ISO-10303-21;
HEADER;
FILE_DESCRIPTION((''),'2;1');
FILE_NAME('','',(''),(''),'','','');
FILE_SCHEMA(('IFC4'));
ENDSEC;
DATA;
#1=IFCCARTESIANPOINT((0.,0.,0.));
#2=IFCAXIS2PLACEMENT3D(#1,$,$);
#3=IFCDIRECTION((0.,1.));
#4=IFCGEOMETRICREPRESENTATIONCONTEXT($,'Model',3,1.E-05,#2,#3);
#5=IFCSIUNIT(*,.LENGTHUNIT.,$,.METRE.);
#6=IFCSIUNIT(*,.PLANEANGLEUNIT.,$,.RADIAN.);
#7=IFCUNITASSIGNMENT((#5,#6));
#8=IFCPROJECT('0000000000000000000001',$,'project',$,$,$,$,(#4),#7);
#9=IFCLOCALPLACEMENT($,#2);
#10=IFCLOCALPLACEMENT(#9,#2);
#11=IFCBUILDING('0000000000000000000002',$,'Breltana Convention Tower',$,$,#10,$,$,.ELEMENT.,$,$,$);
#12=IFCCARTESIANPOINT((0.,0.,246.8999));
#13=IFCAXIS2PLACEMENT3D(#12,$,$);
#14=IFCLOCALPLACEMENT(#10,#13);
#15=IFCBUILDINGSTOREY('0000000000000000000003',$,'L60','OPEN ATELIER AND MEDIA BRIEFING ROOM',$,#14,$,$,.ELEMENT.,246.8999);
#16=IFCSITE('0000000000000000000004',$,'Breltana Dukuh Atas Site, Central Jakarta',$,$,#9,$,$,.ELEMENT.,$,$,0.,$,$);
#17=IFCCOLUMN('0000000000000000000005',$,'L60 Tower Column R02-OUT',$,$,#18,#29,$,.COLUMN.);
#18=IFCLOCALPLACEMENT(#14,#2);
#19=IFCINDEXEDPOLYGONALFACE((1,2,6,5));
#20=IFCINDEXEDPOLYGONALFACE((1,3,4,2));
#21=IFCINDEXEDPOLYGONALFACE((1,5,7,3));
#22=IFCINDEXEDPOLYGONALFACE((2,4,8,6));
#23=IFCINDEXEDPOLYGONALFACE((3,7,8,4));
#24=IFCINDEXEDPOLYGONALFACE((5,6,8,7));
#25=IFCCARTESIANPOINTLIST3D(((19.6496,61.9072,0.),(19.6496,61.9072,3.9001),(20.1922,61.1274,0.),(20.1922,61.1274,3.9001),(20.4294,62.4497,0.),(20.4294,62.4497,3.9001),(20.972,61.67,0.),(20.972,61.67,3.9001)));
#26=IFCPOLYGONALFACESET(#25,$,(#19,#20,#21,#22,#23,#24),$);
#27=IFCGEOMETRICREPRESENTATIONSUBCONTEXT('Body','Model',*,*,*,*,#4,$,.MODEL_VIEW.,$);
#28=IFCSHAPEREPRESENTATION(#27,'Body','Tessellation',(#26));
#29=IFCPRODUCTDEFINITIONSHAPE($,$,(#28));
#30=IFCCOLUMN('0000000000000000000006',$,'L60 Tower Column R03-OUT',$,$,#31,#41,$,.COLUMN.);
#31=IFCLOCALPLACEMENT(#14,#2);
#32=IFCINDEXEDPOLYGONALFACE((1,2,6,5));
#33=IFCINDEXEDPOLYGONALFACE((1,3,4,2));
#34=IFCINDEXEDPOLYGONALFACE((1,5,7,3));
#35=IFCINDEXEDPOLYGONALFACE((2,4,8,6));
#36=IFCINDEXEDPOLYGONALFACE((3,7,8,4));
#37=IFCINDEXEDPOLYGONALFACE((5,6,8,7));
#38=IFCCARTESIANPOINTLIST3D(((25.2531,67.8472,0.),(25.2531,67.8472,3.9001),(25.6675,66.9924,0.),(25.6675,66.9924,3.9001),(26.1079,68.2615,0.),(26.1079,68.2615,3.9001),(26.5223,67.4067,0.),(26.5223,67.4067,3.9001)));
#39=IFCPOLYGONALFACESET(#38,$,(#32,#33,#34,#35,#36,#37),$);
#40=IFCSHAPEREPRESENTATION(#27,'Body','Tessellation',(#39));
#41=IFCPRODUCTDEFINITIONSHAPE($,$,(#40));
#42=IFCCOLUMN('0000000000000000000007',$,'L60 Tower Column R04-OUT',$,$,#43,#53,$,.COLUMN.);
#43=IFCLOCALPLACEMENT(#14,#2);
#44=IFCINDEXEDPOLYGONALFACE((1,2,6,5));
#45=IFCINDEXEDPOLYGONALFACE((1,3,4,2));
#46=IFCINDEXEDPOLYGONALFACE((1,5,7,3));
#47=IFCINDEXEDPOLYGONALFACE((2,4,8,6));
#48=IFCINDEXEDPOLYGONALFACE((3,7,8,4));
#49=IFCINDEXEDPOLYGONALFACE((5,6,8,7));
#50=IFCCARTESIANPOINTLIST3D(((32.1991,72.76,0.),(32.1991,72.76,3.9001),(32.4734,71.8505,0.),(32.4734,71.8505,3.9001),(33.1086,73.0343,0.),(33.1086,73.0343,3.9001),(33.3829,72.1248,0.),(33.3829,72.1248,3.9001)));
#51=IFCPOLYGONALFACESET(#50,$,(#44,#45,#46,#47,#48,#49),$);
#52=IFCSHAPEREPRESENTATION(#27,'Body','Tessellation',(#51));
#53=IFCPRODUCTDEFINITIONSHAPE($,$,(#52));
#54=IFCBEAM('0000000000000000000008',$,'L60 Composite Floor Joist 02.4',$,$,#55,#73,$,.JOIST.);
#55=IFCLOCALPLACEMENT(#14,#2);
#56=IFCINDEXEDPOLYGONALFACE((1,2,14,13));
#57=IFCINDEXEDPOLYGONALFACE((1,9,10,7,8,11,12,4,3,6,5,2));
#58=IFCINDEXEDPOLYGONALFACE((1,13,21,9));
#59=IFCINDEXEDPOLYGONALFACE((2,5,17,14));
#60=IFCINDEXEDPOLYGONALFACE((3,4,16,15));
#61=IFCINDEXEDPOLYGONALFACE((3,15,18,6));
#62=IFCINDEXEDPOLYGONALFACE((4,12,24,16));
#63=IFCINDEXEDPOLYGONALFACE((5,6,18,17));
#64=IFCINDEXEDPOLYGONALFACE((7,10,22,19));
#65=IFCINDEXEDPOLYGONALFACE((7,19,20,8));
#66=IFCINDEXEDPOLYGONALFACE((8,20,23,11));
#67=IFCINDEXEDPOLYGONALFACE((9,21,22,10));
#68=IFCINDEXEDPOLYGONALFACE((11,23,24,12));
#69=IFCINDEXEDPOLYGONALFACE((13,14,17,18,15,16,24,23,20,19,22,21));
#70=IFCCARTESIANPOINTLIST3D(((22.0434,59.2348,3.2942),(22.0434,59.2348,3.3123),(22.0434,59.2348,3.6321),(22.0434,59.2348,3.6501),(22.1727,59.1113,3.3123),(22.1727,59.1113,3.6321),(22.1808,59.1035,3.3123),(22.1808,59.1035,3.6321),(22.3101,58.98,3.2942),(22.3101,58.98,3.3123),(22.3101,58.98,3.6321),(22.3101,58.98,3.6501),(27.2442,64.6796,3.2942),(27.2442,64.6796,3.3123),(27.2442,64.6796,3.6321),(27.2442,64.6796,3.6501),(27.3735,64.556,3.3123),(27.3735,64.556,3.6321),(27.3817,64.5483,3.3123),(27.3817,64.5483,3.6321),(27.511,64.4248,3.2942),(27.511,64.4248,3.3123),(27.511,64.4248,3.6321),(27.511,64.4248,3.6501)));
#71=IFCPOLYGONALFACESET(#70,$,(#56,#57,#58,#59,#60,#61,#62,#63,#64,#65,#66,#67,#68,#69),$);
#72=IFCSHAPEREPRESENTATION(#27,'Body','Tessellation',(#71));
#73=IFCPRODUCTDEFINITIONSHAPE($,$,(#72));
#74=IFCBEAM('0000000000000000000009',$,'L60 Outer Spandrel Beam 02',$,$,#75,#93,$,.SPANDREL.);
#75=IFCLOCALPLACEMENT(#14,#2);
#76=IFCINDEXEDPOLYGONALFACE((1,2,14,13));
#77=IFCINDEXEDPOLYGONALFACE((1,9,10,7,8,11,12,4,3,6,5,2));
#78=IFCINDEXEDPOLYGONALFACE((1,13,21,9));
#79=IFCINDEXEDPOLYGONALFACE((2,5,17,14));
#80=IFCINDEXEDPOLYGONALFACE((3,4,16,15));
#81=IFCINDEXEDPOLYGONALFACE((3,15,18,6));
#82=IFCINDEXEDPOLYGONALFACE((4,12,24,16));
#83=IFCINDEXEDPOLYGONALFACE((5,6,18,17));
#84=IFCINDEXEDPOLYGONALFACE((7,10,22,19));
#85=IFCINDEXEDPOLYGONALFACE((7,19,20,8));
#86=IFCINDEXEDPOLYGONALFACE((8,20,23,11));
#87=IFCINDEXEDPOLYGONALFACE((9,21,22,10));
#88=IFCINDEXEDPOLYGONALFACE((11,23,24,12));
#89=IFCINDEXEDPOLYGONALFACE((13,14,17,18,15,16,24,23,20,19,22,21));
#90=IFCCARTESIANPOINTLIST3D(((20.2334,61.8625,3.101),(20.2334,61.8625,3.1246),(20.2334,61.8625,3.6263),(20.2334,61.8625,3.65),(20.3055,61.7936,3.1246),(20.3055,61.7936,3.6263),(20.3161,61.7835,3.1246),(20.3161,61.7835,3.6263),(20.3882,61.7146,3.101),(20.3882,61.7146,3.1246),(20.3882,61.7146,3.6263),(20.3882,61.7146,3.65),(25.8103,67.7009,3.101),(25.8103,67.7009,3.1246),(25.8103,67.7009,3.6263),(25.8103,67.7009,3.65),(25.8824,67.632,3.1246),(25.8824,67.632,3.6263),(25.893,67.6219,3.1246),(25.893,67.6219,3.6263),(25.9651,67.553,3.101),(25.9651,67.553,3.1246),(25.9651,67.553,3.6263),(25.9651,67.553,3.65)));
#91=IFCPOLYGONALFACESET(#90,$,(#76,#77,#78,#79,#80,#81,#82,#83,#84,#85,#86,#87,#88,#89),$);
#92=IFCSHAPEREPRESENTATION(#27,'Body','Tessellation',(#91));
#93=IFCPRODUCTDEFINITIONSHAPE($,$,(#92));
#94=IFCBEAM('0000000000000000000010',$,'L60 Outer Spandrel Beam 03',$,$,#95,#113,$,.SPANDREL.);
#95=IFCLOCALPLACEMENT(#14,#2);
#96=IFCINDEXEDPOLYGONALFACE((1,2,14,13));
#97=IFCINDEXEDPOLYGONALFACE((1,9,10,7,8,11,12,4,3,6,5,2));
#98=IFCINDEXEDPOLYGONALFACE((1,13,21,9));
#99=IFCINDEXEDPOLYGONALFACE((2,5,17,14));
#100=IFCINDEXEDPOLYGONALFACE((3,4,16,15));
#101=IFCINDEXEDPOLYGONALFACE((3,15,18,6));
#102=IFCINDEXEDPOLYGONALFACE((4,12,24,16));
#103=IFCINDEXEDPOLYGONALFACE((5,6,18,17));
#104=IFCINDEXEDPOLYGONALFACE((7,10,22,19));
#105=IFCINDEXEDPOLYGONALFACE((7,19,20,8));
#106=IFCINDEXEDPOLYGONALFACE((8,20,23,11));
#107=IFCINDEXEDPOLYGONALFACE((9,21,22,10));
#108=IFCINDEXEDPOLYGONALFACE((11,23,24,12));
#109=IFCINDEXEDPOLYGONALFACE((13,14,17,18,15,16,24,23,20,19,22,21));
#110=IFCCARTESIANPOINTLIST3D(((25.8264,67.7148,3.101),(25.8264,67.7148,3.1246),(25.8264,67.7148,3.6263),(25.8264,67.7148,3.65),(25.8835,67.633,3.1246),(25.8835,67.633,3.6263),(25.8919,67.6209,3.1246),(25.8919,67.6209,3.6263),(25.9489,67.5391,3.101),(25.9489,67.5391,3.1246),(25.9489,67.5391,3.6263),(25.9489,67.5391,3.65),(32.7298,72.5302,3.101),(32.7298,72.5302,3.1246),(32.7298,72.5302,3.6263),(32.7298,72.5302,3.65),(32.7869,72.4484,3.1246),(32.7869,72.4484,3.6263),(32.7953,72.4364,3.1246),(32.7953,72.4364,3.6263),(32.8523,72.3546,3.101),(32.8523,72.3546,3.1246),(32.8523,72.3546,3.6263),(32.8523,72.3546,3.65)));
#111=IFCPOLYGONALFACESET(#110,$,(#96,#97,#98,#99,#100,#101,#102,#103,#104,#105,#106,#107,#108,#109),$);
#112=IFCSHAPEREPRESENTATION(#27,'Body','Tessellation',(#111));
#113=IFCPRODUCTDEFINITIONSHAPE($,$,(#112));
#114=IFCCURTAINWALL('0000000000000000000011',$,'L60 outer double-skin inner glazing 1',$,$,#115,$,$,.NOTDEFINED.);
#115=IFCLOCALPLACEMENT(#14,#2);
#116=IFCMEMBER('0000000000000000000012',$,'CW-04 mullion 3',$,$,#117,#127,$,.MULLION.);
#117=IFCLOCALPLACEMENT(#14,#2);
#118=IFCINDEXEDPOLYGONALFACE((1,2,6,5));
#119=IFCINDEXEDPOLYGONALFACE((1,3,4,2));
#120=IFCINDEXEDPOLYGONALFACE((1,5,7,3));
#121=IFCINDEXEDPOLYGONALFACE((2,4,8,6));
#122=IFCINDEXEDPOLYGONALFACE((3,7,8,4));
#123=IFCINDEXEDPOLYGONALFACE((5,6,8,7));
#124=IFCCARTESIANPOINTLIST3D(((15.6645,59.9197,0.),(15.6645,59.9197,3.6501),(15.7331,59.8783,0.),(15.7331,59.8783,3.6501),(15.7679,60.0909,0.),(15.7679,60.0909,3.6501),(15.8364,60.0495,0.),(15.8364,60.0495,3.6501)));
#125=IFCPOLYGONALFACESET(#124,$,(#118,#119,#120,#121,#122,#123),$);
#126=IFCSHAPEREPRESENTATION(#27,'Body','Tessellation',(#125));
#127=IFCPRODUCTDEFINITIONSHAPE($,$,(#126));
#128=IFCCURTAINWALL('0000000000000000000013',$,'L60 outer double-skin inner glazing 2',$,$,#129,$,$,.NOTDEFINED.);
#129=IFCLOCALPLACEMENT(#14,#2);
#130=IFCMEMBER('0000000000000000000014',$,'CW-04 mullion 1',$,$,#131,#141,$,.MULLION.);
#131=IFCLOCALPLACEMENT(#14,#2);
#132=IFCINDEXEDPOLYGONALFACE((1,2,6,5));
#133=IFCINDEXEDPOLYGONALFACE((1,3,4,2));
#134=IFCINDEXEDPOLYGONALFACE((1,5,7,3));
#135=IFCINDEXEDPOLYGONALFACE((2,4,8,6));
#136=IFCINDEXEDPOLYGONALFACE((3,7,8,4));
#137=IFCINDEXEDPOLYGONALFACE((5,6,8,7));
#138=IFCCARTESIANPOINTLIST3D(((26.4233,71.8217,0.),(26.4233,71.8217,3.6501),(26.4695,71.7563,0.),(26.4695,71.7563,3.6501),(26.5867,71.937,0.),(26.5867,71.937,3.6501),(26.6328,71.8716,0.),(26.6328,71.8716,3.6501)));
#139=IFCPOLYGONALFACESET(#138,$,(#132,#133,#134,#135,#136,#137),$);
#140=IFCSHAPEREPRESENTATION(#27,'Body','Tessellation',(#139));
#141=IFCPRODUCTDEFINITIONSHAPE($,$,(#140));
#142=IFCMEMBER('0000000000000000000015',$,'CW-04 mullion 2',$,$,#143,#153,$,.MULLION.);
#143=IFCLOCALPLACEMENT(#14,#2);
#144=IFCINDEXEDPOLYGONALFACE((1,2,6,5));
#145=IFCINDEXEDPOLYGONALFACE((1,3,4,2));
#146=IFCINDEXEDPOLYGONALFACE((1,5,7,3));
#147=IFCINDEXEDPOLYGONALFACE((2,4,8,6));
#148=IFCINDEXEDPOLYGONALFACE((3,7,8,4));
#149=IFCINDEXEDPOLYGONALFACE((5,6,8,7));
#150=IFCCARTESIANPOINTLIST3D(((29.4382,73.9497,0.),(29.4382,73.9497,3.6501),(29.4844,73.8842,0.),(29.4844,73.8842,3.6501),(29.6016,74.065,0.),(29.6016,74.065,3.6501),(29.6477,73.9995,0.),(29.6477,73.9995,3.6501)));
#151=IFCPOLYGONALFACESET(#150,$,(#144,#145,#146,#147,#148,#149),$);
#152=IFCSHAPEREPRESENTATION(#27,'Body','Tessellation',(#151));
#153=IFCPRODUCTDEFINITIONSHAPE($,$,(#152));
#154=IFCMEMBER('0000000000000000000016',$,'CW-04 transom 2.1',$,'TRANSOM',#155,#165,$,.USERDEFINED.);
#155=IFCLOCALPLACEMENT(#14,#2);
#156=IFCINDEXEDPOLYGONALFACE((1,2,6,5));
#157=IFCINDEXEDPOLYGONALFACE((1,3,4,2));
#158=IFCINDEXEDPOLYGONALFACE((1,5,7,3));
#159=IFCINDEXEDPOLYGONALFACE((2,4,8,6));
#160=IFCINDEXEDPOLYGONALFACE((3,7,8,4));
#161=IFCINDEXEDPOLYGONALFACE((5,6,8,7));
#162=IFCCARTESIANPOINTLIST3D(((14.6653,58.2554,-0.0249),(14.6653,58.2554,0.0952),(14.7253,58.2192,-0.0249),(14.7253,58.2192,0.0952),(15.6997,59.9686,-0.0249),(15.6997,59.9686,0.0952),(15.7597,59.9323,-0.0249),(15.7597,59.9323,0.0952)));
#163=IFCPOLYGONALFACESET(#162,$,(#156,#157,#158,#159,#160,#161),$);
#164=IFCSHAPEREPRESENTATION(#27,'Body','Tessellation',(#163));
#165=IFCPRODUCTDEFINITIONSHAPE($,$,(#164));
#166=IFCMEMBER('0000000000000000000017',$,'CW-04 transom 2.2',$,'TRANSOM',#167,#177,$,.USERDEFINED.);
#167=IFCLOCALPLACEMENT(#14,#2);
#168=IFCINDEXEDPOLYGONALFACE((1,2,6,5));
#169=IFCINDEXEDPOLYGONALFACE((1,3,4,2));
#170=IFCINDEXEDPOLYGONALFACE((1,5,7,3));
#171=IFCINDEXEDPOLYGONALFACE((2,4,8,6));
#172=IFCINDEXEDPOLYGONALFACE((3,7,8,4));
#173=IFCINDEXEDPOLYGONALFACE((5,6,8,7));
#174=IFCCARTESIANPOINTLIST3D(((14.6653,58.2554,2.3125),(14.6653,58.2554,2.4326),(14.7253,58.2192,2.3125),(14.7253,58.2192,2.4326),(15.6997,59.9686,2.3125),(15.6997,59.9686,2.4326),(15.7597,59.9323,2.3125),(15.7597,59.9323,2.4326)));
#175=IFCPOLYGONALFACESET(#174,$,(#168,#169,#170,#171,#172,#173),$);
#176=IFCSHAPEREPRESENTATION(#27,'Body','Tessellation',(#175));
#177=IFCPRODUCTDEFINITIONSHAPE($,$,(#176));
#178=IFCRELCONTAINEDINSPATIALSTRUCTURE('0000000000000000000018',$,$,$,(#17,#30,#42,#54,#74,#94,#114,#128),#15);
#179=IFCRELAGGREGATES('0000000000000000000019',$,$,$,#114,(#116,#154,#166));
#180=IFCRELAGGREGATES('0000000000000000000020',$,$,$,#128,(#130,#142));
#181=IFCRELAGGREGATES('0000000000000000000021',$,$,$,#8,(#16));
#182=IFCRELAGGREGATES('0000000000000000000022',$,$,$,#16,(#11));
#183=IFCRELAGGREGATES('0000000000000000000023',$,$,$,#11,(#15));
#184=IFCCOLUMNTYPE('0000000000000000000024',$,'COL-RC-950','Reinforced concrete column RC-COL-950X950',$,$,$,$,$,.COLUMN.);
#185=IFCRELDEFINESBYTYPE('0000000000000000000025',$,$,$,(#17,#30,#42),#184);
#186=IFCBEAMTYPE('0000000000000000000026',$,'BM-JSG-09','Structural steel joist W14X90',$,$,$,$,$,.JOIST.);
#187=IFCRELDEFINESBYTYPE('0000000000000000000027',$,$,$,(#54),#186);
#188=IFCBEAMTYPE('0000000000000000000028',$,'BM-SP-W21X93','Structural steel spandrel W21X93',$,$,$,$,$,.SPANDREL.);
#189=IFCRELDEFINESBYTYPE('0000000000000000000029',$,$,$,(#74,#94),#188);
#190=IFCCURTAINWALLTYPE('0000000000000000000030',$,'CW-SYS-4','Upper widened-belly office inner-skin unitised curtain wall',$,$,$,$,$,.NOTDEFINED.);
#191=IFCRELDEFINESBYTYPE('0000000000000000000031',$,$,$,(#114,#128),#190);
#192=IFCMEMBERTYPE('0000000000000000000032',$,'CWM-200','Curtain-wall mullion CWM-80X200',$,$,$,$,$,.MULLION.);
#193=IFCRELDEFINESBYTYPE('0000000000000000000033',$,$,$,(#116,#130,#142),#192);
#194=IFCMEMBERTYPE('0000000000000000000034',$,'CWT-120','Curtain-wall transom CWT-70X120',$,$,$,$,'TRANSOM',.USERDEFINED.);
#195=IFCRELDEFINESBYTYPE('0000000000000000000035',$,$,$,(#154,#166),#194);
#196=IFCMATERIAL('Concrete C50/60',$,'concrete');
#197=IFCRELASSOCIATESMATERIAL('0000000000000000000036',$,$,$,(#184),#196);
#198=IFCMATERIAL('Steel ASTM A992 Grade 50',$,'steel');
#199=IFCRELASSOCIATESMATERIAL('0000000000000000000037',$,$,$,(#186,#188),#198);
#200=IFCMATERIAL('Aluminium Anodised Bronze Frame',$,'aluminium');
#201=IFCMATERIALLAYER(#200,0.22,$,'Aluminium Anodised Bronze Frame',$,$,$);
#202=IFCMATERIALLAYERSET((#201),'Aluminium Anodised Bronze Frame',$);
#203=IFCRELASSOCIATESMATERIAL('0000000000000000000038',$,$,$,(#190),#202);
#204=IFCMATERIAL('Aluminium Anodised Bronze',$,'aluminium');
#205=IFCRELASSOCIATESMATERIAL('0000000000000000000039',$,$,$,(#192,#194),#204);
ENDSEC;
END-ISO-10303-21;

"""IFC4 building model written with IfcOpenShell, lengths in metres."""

from ifc_helpers import new_model, si_unit, direction, frame, origin, origin_2d, place, context, subcontext, project, spatial, rectangle, i_section, extrude, source, transform, mapped, material, layer, layer_set, material_profile, profile_set, type_object, element, aggregate, save


model = new_model("IFC4")

# Units and contexts
model_context = context("Model", 3, precision=1e-05, world=origin(), true_north=direction((0.0, 1.0)))
body_context = subcontext(model_context, "Body", "Model", "MODEL_VIEW")
ifc_project = project(units=[si_unit("LENGTHUNIT", "METRE"), si_unit("PLANEANGLEUNIT", "RADIAN")], contexts=[model_context])

# Site, building, storey
site_placement = place(None, origin())
site = spatial("IfcSite", under=ifc_project, at=site_placement, Name="Breltana Dukuh Atas Site, Central Jakarta", CompositionType="ELEMENT", RefElevation=0.0)
building_placement = place(site_placement, origin())
building = spatial("IfcBuilding", under=site, at=building_placement, Name="Breltana Convention Tower", CompositionType="ELEMENT")
storey_placement = place(building_placement, frame((0.0, 0.0, 246.8999)))
storey = spatial("IfcBuildingStorey", under=building, at=storey_placement, Name="L60", Description="OPEN ATELIER AND MEDIA BRIEFING ROOM", CompositionType="ELEMENT", Elevation=246.8999)

# Columns
ifc_material_1 = material(Name="Concrete C50/60", Category="concrete")
ifc_material_profile_1 = material_profile(ifc_material_1, rectangle(XDim=0.95, YDim=0.95, at=origin_2d()), Name="RC-COL-950X950")
ifc_profile_set_1 = profile_set([ifc_material_profile_1], Name="Concrete C50/60")
column_type = type_object("IfcColumnType", Name="COL-RC-950", Description="Reinforced concrete column RC-COL-950X950", PredefinedType="COLUMN", material=ifc_profile_set_1)
shared_shape_1 = source(origin(), body_context, "Body", "SweptSolid", [
    extrude(rectangle(XDim=0.95, YDim=0.95, at=origin_2d()), origin(), (0.0, 0.0, 1.0), 3.9001),
])
for number, where, z_axis, x_axis, name in (
    (1, (20.3108, 61.7886, 0.0), (0.0, 0.0, 1.0), (-0.571143, 0.82085, 0.0), "L60 Tower Column R02-OUT"),
    (2, (25.8877, 67.627, 0.0), (0.0, 0.0, 1.0), (-0.436174, 0.899863, 0.0), "L60 Tower Column R03-OUT"),
    (3, (32.791, 72.4424, 0.0), (0.0, 0.0, 1.0), (-0.288698, 0.95742, 0.0), "L60 Tower Column R04-OUT"),
):
    element("IfcColumn", number, at=place(storey_placement, frame(where, z_axis=z_axis, x_axis=x_axis)), inside=storey, type_object=column_type, Name=name, PredefinedType="COLUMN", context=body_context, shape_type="MappedRepresentation", body=[
        mapped(shared_shape_1, transform((0.0, 0.0, 0.0), scale=1.0)),
    ])

# Beams
ifc_material_2 = material(Name="Steel ASTM A992 Grade 50", Category="steel")
ifc_material_profile_2 = material_profile(ifc_material_2, i_section(OverallWidth=0.3689, OverallDepth=0.356, WebThickness=0.0112, FlangeThickness=0.0181, at=origin_2d()), Name="W14X90")
ifc_profile_set_2 = profile_set([ifc_material_profile_2], Name="Steel ASTM A992 Grade 50")
beam_type_1 = type_object("IfcBeamType", Name="BM-JSG-09", Description="Structural steel joist W14X90", PredefinedType="JOIST", material=ifc_profile_set_2)
shared_shape_2 = source(origin(), body_context, "Body", "SweptSolid", [
    extrude(i_section(OverallWidth=0.3689, OverallDepth=0.356, WebThickness=0.0112, FlangeThickness=0.0181, at=origin_2d()), origin(), (0.0, 0.0, 1.0), 7.5295),
])
beam_1_placement = place(storey_placement, frame((22.1768, 59.1074, 3.4722), z_axis=(0.690726, 0.723117, 0.0), x_axis=(-0.723117, 0.690726, 0.0)))
element("IfcBeam", 4, at=beam_1_placement, inside=storey, type_object=beam_type_1, Name="L60 Composite Floor Joist 02.4", PredefinedType="JOIST", context=body_context, shape_type="MappedRepresentation", body=[
    mapped(shared_shape_2, transform((0.0, 0.0, 0.0), scale=1.0)),
])
ifc_material_profile_3 = material_profile(ifc_material_2, i_section(OverallWidth=0.2141, OverallDepth=0.5491, WebThickness=0.0146, FlangeThickness=0.0237, at=origin_2d()), Name="W21X93")
ifc_profile_set_3 = profile_set([ifc_material_profile_3], Name="Steel ASTM A992 Grade 50")
beam_type_2 = type_object("IfcBeamType", Name="BM-SP-W21X93", Description="Structural steel spandrel W21X93", PredefinedType="SPANDREL", material=ifc_profile_set_3)
shared_shape_3 = source(origin(), body_context, "Body", "SweptSolid", [
    extrude(i_section(OverallWidth=0.2141, OverallDepth=0.5491, WebThickness=0.0146, FlangeThickness=0.0237, at=origin_2d()), origin(), (0.0, 0.0, 1.0), 8.074),
])
beam_2_placement = place(storey_placement, frame((20.3108, 61.7886, 3.3755), z_axis=(0.690729, 0.723114, 0.0), x_axis=(-0.723114, 0.690729, 0.0)))
element("IfcBeam", 5, at=beam_2_placement, inside=storey, type_object=beam_type_2, Name="L60 Outer Spandrel Beam 02", PredefinedType="SPANDREL", context=body_context, shape_type="MappedRepresentation", body=[
    mapped(shared_shape_3, transform((0.0, 0.0, 0.0), scale=1.0)),
])
shared_shape_4 = source(origin(), body_context, "Body", "SweptSolid", [
    extrude(i_section(OverallWidth=0.2141, OverallDepth=0.5491, WebThickness=0.0146, FlangeThickness=0.0237, at=origin_2d()), origin(), (0.0, 0.0, 1.0), 8.417),
])
beam_3_placement = place(storey_placement, frame((25.8877, 67.627, 3.3755), z_axis=(0.820174, 0.572114, 0.0), x_axis=(-0.572114, 0.820174, 0.0)))
element("IfcBeam", 6, at=beam_3_placement, inside=storey, type_object=beam_type_2, Name="L60 Outer Spandrel Beam 03", PredefinedType="SPANDREL", context=body_context, shape_type="MappedRepresentation", body=[
    mapped(shared_shape_4, transform((0.0, 0.0, 0.0), scale=1.0)),
])

# Curtain wall, member
ifc_material_3 = material(Name="Aluminium Anodised Bronze Frame", Category="aluminium")
ifc_layer_1 = layer(ifc_material_3, 0.22, Name="Aluminium Anodised Bronze Frame")
ifc_layer_set_1 = layer_set([ifc_layer_1], Name="Aluminium Anodised Bronze Frame")
curtain_wall_type = type_object("IfcCurtainWallType", Name="CW-SYS-4", Description="Upper widened-belly office inner-skin unitised curtain wall", PredefinedType="NOTDEFINED", material=ifc_layer_set_1)
curtain_wall_1_placement = place(storey_placement, origin())
curtain_wall_1 = element("IfcCurtainWall", 7, at=curtain_wall_1_placement, inside=storey, type_object=curtain_wall_type, Name="L60 outer double-skin inner glazing 1", PredefinedType="NOTDEFINED")
ifc_material_4 = material(Name="Aluminium Anodised Bronze", Category="aluminium")
ifc_material_profile_4 = material_profile(ifc_material_4, rectangle(XDim=0.0801, YDim=0.2, at=origin_2d()), Name="CWM-80X200")
ifc_profile_set_4 = profile_set([ifc_material_profile_4], Name="Aluminium Anodised Bronze")
member_type_1 = type_object("IfcMemberType", Name="CWM-200", Description="Curtain-wall mullion CWM-80X200", PredefinedType="MULLION", material=ifc_profile_set_4)
shared_shape_5 = source(origin(), body_context, "Body", "SweptSolid", [
    extrude(rectangle(XDim=0.0801, YDim=0.2, at=origin_2d()), origin(), (0.0, 0.0, 1.0), 3.6501),
])
member_1_placement = place(storey_placement, frame((15.7505, 59.9846, 0.0), z_axis=(0.0, 0.0, 1.0), x_axis=(-0.856061, 0.516875, 0.0)))
member_1 = element("IfcMember", 8, at=member_1_placement, type_object=member_type_1, Name="CW-04 mullion 3", PredefinedType="MULLION", context=body_context, shape_type="MappedRepresentation", body=[
    mapped(shared_shape_5, transform((0.0, 0.0, 0.0), scale=1.0)),
])

# Curtain wall, members
curtain_wall_2_placement = place(storey_placement, origin())
curtain_wall_2 = element("IfcCurtainWall", 9, at=curtain_wall_2_placement, inside=storey, type_object=curtain_wall_type, Name="L60 outer double-skin inner glazing 2", PredefinedType="NOTDEFINED")
member_2_placement = place(storey_placement, frame((26.5281, 71.8467, 0.0), z_axis=(0.0, 0.0, 1.0), x_axis=(-0.576625, 0.817009, 0.0)))
member_2 = element("IfcMember", 10, at=member_2_placement, type_object=member_type_1, Name="CW-04 mullion 1", PredefinedType="MULLION", context=body_context, shape_type="MappedRepresentation", body=[
    mapped(shared_shape_5, transform((0.0, 0.0, 0.0), scale=1.0)),
])
member_3_placement = place(storey_placement, frame((29.543, 73.9746, 0.0), z_axis=(0.0, 0.0, 1.0), x_axis=(-0.576625, 0.817009, 0.0)))
member_3 = element("IfcMember", 11, at=member_3_placement, type_object=member_type_1, Name="CW-04 mullion 2", PredefinedType="MULLION", context=body_context, shape_type="MappedRepresentation", body=[
    mapped(shared_shape_5, transform((0.0, 0.0, 0.0), scale=1.0)),
])

# Members
ifc_material_profile_5 = material_profile(ifc_material_4, rectangle(XDim=0.0701, YDim=0.1201, at=origin_2d()), Name="CWT-70X120")
ifc_profile_set_5 = profile_set([ifc_material_profile_5], Name="Aluminium Anodised Bronze")
member_type_2 = type_object("IfcMemberType", Name="CWT-120", Description="Curtain-wall transom CWT-70X120", ElementType="TRANSOM", PredefinedType="USERDEFINED", material=ifc_profile_set_5)
shared_shape_6 = source(origin(), body_context, "Body", "SweptSolid", [
    extrude(rectangle(XDim=0.0701, YDim=0.1201, at=origin_2d()), origin(), (0.0, 0.0, 1.0), 2.0012),
])
member_4_placement = place(storey_placement, frame((14.6953, 58.2373, 0.0352), z_axis=(0.516898, 0.856047, 0.0), x_axis=(-0.856047, 0.516898, 0.0)))
member_4 = element("IfcMember", 12, at=member_4_placement, type_object=member_type_2, Name="CW-04 transom 2.1", ObjectType="TRANSOM", PredefinedType="USERDEFINED", context=body_context, shape_type="MappedRepresentation", body=[
    mapped(shared_shape_6, transform((0.0, 0.0, 0.0), scale=1.0)),
])
member_5_placement = place(storey_placement, frame((14.6953, 58.2373, 2.3726), z_axis=(0.516898, 0.856047, 0.0), x_axis=(-0.856047, 0.516898, 0.0)))
member_5 = element("IfcMember", 13, at=member_5_placement, type_object=member_type_2, Name="CW-04 transom 2.2", ObjectType="TRANSOM", PredefinedType="USERDEFINED", context=body_context, shape_type="MappedRepresentation", body=[
    mapped(shared_shape_6, transform((0.0, 0.0, 0.0), scale=1.0)),
])

aggregate(curtain_wall_1, [member_1, member_4, member_5])
aggregate(curtain_wall_2, [member_2, member_3])

save(model, "model.ifc")
